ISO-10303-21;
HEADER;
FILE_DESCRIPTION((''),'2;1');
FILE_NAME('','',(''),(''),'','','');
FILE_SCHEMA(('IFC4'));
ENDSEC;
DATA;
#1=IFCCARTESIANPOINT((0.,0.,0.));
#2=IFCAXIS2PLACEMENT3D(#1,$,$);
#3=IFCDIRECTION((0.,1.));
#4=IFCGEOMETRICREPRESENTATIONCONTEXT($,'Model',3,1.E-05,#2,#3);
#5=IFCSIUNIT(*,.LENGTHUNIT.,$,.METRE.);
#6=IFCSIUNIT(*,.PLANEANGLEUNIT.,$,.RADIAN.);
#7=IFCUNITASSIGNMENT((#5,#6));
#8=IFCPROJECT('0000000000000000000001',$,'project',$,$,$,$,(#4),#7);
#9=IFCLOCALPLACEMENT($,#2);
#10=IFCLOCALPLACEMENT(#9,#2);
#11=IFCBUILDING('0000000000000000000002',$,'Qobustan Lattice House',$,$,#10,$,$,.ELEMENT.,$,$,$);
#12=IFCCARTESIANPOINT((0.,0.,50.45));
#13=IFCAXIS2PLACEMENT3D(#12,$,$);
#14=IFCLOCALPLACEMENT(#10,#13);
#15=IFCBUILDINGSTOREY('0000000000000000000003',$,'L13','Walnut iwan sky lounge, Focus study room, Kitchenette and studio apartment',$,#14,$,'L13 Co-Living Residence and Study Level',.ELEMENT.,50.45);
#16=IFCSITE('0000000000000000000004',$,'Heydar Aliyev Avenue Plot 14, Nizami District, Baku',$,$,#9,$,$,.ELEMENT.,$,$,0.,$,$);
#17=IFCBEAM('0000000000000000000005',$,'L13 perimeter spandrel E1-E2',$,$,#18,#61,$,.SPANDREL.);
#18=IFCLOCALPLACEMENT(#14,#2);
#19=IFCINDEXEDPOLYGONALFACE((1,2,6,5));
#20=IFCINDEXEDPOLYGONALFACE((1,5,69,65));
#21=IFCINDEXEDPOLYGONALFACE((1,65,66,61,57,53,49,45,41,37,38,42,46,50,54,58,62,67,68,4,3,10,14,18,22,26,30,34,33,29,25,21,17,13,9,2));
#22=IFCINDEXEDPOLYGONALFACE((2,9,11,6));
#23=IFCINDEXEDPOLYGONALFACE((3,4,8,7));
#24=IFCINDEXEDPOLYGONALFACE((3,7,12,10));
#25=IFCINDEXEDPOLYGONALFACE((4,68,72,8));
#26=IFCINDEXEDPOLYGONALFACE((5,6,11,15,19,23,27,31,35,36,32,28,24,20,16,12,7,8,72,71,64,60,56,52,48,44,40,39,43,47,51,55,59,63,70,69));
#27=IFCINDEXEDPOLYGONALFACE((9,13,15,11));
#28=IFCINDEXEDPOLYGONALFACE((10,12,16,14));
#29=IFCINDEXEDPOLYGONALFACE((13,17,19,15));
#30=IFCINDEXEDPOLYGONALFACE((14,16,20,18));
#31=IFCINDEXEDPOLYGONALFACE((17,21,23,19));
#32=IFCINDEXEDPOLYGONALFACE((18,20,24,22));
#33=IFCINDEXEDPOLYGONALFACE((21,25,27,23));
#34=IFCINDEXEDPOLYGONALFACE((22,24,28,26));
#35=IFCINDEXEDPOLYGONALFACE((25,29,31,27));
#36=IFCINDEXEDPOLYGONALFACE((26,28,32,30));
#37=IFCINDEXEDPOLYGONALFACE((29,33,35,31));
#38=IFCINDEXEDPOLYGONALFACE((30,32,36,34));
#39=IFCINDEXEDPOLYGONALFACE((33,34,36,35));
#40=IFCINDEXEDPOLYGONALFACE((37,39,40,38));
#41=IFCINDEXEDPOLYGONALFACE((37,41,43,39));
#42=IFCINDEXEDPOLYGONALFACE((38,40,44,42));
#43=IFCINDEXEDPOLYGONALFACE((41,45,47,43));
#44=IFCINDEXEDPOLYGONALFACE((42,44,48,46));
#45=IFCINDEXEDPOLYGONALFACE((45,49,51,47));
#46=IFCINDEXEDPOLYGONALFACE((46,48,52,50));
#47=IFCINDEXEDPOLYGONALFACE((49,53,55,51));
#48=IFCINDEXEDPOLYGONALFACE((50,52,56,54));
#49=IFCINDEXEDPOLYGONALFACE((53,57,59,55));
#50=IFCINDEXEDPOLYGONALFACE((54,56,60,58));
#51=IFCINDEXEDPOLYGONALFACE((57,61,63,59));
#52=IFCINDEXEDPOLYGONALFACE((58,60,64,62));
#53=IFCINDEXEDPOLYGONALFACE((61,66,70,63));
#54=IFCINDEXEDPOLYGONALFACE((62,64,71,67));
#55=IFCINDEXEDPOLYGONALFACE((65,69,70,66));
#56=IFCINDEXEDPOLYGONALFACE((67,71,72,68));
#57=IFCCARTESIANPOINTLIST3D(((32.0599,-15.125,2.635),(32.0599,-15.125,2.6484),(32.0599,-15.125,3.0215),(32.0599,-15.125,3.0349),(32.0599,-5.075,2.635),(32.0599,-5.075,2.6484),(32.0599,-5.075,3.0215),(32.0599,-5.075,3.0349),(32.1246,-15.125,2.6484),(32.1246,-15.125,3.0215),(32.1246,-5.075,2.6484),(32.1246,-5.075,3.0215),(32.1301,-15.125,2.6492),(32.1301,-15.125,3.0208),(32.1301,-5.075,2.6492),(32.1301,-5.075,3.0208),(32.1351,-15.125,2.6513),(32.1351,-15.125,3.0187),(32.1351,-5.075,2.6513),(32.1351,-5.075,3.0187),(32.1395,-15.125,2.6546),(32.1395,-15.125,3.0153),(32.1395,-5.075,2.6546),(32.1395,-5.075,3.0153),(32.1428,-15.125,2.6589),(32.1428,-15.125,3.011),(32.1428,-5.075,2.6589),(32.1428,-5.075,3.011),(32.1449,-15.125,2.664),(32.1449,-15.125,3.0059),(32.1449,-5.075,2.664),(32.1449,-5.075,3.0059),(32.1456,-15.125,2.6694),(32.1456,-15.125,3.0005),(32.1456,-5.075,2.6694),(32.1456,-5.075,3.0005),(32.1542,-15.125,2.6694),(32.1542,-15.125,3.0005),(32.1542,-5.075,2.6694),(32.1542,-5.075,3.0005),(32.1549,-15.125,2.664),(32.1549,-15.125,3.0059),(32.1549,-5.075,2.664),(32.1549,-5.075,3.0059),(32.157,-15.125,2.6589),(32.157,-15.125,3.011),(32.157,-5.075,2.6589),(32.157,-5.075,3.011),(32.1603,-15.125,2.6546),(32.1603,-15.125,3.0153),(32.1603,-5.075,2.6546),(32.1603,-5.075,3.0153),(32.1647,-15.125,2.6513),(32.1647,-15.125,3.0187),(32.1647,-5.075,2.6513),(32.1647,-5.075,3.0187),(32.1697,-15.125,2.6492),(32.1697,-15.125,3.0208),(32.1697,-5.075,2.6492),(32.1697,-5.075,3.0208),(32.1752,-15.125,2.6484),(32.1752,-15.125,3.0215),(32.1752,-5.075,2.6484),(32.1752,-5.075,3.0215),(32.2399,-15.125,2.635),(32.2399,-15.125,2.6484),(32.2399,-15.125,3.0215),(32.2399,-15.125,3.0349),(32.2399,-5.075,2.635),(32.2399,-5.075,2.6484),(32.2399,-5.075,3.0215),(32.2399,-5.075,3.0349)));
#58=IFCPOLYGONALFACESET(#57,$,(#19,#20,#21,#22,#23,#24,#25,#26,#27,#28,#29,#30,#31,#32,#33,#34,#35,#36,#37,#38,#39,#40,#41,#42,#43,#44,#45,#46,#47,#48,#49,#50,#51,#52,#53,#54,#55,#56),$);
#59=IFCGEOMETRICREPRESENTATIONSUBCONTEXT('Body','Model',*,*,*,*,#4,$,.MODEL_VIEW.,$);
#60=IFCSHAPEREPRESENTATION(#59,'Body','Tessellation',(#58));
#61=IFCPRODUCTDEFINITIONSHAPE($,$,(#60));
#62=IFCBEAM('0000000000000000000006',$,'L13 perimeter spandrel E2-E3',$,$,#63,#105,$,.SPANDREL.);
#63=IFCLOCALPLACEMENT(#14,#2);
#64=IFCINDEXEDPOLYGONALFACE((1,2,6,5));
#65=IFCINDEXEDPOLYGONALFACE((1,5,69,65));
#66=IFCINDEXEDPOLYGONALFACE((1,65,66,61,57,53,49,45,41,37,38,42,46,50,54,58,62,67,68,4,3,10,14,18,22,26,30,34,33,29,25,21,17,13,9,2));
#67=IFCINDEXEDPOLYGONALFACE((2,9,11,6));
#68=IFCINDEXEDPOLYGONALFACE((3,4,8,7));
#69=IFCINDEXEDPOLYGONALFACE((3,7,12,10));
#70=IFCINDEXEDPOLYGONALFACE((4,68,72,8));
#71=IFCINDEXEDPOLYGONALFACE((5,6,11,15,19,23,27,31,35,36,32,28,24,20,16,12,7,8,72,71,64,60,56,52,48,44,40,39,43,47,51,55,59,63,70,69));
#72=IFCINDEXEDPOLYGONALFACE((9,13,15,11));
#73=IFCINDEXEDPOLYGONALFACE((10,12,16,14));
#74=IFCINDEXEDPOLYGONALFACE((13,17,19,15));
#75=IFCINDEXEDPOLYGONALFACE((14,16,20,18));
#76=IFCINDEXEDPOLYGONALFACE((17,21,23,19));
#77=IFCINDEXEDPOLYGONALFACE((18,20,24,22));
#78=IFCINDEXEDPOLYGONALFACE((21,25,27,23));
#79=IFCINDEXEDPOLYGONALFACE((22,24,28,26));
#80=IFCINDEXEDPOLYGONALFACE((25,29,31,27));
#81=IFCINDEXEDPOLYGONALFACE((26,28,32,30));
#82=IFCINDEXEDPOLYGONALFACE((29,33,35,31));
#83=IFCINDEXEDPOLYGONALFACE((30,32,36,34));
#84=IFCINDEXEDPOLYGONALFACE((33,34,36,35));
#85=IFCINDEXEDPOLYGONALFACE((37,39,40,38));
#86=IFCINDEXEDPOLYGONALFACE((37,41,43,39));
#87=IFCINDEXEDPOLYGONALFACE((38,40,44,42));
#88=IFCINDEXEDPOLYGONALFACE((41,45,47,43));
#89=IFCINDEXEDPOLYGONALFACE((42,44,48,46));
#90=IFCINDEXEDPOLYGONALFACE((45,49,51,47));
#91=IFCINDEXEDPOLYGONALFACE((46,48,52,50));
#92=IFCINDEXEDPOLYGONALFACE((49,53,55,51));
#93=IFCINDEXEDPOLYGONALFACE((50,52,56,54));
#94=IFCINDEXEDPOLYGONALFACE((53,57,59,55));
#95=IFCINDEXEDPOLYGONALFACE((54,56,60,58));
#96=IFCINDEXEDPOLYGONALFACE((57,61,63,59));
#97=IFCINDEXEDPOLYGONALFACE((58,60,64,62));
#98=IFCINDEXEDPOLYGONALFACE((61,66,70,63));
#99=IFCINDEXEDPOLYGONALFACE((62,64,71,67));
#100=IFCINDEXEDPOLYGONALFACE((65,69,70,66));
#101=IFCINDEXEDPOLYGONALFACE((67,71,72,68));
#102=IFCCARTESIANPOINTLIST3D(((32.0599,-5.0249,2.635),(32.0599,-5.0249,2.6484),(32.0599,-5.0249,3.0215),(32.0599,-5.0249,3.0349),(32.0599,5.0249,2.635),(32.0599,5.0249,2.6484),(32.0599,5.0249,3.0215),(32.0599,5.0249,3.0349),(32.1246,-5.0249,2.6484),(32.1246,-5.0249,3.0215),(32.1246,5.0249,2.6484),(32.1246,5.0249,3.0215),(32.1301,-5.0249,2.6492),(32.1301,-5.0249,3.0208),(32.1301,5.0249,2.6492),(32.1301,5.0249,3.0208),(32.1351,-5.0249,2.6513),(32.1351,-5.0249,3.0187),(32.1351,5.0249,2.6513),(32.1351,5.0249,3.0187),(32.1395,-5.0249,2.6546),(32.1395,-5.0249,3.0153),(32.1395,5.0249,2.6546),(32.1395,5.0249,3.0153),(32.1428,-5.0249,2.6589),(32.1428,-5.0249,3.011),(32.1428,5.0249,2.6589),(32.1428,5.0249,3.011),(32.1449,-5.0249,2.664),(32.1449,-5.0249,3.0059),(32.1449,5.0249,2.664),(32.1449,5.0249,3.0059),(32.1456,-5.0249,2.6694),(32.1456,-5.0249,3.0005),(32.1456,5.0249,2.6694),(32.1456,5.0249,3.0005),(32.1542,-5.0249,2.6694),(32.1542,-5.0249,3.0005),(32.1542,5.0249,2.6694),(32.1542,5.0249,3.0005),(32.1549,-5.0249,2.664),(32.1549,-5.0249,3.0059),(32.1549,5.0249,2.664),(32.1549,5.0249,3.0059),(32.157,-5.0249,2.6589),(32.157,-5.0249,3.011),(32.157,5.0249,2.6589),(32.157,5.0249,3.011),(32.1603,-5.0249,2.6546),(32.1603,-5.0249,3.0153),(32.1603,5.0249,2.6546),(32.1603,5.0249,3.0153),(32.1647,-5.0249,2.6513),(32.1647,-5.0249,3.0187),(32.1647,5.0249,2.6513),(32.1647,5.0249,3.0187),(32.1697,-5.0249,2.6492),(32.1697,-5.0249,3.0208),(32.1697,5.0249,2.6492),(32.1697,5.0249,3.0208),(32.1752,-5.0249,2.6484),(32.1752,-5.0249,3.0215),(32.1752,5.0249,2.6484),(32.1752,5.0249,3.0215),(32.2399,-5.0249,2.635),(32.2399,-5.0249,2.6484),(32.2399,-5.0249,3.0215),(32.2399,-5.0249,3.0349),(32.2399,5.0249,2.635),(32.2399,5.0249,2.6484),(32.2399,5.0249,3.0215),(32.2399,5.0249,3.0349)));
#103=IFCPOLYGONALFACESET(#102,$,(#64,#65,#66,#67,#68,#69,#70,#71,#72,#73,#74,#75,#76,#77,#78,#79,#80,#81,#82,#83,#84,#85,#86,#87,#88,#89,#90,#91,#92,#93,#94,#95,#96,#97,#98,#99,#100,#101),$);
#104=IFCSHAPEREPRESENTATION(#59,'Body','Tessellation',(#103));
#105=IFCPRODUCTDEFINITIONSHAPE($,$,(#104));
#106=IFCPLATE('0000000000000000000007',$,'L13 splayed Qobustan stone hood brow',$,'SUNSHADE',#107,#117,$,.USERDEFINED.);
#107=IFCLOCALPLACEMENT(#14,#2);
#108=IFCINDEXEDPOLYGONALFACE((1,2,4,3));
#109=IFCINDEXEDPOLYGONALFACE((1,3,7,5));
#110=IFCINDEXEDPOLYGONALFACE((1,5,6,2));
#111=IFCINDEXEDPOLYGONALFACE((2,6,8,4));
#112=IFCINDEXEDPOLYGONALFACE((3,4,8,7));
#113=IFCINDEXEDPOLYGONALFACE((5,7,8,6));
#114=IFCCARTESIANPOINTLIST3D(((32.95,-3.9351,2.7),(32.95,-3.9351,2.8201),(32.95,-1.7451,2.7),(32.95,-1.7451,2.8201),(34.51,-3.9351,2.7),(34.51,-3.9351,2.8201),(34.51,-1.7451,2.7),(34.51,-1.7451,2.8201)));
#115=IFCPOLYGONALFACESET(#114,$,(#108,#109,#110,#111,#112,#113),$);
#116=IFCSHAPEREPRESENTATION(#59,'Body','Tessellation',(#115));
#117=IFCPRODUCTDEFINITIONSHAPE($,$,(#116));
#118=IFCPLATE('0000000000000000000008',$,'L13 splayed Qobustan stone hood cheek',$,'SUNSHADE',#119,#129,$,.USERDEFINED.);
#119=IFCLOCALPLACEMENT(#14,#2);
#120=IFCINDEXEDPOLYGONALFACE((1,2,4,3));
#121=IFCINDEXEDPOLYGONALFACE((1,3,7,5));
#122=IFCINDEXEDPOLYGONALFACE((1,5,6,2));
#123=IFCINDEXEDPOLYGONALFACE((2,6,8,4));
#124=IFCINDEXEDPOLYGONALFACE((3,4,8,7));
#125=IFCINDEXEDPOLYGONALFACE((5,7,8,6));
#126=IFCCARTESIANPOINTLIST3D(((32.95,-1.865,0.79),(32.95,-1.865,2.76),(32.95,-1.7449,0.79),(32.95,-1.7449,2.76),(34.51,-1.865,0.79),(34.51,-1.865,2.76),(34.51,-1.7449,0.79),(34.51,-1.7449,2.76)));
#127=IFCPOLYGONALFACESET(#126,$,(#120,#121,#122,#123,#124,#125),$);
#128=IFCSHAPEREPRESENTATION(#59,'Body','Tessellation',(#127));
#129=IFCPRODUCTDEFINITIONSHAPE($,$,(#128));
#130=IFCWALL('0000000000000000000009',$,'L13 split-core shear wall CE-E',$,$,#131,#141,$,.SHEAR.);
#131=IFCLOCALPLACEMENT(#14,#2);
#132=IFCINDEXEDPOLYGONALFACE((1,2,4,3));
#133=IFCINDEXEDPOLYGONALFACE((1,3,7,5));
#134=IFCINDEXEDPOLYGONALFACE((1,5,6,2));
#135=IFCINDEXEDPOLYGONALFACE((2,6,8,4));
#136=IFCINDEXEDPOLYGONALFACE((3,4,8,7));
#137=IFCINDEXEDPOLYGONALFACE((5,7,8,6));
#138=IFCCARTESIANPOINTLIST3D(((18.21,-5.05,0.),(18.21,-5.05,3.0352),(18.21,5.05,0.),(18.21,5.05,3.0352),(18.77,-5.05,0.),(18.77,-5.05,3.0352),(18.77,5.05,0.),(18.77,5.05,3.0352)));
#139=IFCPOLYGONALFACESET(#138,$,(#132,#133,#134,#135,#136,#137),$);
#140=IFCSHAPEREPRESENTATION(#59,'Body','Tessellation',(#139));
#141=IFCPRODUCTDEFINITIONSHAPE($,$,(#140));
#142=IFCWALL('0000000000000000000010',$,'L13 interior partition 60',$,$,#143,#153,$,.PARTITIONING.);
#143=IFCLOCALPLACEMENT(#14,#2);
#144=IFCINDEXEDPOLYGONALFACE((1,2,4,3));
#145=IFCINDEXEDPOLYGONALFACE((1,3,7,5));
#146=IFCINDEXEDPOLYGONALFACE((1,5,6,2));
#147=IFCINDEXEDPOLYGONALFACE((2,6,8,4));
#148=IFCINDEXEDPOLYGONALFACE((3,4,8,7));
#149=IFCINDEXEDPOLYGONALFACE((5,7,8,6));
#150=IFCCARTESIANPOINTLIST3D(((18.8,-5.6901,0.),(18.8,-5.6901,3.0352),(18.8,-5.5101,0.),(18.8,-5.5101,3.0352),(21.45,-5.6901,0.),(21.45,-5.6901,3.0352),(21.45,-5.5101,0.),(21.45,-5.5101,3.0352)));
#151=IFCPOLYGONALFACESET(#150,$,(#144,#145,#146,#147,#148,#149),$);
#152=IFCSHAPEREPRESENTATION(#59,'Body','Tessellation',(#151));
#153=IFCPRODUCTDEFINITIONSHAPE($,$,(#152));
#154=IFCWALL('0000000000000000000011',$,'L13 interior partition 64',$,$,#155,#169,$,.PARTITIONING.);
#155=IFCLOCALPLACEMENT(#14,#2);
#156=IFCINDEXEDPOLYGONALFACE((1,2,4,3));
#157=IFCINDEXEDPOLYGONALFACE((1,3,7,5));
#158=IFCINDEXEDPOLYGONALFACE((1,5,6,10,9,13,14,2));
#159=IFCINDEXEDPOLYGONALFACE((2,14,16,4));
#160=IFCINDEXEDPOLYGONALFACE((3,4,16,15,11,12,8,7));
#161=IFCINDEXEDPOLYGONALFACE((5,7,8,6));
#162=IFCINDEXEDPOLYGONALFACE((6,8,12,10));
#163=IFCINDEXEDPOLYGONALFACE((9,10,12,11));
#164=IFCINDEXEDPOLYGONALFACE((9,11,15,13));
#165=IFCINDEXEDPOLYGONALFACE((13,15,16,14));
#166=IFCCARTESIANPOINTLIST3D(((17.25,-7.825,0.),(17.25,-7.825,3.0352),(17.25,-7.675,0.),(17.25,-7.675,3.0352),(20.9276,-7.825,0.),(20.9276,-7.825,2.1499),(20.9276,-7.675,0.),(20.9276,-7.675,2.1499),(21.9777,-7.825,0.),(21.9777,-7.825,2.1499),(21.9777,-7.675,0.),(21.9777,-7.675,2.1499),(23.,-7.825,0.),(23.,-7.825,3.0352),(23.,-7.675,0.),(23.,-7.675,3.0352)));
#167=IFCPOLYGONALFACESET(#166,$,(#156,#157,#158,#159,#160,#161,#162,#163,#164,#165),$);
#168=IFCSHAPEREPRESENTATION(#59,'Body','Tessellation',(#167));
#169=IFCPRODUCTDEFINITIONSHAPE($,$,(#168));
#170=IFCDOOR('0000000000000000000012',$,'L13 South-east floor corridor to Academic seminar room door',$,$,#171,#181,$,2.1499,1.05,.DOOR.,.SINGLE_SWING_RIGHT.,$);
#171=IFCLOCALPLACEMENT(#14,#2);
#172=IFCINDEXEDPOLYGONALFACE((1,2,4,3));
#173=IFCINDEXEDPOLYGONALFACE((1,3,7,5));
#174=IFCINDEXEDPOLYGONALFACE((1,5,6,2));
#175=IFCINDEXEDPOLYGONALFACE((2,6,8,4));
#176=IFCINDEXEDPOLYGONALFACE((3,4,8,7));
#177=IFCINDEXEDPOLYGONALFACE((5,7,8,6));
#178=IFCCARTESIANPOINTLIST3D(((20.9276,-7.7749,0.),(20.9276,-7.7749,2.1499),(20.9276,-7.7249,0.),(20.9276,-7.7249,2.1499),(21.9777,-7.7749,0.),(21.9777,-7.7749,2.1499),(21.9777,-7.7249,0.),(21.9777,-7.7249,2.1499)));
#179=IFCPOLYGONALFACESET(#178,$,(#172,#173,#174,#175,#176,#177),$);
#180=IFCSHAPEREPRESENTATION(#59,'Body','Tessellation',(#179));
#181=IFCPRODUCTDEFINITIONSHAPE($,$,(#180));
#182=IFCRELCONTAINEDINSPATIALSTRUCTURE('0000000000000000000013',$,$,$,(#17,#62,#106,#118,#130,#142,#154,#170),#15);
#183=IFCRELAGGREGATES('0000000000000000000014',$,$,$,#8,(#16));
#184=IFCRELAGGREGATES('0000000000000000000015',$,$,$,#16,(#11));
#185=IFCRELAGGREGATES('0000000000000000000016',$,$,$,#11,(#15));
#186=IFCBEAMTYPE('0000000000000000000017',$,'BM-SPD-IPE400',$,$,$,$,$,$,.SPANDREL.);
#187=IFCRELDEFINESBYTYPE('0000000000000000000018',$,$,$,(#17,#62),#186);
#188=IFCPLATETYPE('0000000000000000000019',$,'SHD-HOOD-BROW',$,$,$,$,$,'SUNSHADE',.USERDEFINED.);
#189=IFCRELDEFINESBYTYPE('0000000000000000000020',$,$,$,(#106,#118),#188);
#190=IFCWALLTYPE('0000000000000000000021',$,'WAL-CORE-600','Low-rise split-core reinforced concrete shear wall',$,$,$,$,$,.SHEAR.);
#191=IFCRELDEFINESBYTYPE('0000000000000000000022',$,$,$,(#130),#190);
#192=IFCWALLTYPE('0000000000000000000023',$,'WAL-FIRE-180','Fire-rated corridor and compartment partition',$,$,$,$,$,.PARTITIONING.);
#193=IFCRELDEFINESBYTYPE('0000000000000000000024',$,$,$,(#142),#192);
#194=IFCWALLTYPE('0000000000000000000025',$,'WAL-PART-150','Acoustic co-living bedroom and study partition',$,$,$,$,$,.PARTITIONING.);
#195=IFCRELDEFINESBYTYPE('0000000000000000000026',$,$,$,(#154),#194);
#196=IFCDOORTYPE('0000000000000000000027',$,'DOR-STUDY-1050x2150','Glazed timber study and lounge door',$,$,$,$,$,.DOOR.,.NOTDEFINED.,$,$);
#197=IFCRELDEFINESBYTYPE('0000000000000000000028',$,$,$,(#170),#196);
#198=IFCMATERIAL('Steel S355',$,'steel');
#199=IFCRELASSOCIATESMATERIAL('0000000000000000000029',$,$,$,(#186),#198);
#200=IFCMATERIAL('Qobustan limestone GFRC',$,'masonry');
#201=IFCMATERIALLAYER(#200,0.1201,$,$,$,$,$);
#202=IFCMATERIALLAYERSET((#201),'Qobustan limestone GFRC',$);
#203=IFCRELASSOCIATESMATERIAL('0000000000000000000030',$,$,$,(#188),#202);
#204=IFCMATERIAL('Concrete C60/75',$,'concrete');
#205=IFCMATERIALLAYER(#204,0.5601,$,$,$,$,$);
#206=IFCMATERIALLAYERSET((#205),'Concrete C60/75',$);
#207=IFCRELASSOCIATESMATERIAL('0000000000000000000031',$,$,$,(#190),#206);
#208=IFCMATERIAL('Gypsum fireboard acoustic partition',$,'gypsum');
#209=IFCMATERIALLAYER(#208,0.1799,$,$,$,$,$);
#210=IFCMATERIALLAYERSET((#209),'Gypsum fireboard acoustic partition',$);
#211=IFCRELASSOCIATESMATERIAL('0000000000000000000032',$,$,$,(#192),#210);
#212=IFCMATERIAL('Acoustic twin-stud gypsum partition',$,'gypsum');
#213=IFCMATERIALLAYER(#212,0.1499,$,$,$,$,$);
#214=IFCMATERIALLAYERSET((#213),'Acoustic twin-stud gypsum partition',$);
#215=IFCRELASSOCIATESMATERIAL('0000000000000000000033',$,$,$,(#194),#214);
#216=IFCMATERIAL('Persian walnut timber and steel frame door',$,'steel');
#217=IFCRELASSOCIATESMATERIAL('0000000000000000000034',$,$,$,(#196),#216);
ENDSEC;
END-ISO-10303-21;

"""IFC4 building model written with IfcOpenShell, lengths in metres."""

from ifc_helpers import new_model, si_unit, direction, frame, frame_2d, origin, origin_2d, place, context, subcontext, project, spatial, rectangle, i_section, extrude, material, layer, layer_set, material_profile, profile_set, type_object, element, fill, save


model = new_model("IFC4")

# Units and contexts
model_context = context("Model", 3, precision=1e-05, world=origin(), true_north=direction((0.0, 1.0)))
body_context = subcontext(model_context, "Body", "Model", "MODEL_VIEW")
ifc_project = project(units=[si_unit("LENGTHUNIT", "METRE"), si_unit("PLANEANGLEUNIT", "RADIAN")], contexts=[model_context])

# Site, building, storey
site_placement = place(None, origin())
site = spatial("IfcSite", under=ifc_project, at=site_placement, Name="Heydar Aliyev Avenue Plot 14, Nizami District, Baku", CompositionType="ELEMENT", RefElevation=0.0)
building_placement = place(site_placement, origin())
building = spatial("IfcBuilding", under=site, at=building_placement, Name="Qobustan Lattice House", CompositionType="ELEMENT")
storey_placement = place(building_placement, frame((0.0, 0.0, 50.45)))
storey = spatial("IfcBuildingStorey", under=building, at=storey_placement, Name="L13", Description="Walnut iwan sky lounge, Focus study room, Kitchenette and studio apartment", LongName="L13 Co-Living Residence and Study Level", CompositionType="ELEMENT", Elevation=50.45)

# Beams
ifc_material_1 = material(Name="Steel S355", Category="steel")
ifc_material_profile_1 = material_profile(ifc_material_1, i_section(OverallWidth=0.1799, OverallDepth=0.3999, WebThickness=0.0085, FlangeThickness=0.0134, FilletRadius=0.021, at=origin_2d()), Name="IPE400")
ifc_profile_set_1 = profile_set([ifc_material_profile_1], Name="Steel S355")
beam_type_1 = type_object("IfcBeamType", Name="BM-SPD-IPE400", PredefinedType="SPANDREL", material=ifc_profile_set_1)
beam_1_placement = place(storey_placement, frame((32.1499, -15.125, 2.835), z_axis=(0.0, 1.0, 0.0), x_axis=(-1.0, 0.0, 0.0)))
element("IfcBeam", 1, at=beam_1_placement, inside=storey, type_object=beam_type_1, Name="L13 perimeter spandrel E1-E2", PredefinedType="SPANDREL", context=body_context, shape_type="SweptSolid", body=[
    extrude(i_section(OverallWidth=0.1799, OverallDepth=0.3999, WebThickness=0.0085, FlangeThickness=0.0134, FilletRadius=0.021, at=origin_2d()), origin(), (0.0, 0.0, 1.0), 10.05),
])
beam_2_placement = place(storey_placement, frame((32.1499, -5.0249, 2.835), z_axis=(0.0, 1.0, 0.0), x_axis=(-1.0, 0.0, 0.0)))
element("IfcBeam", 2, at=beam_2_placement, inside=storey, type_object=beam_type_1, Name="L13 perimeter spandrel E2-E3", PredefinedType="SPANDREL", context=body_context, shape_type="SweptSolid", body=[
    extrude(i_section(OverallWidth=0.1799, OverallDepth=0.3999, WebThickness=0.0085, FlangeThickness=0.0134, FilletRadius=0.021, at=origin_2d()), origin(), (0.0, 0.0, 1.0), 10.0498),
])

# Plates
ifc_material_2 = material(Name="Qobustan limestone GFRC", Category="masonry")
ifc_layer_1 = layer(ifc_material_2, 0.1201)
ifc_layer_set_1 = layer_set([ifc_layer_1], Name="Qobustan limestone GFRC")
plate_type = type_object("IfcPlateType", Name="SHD-HOOD-BROW", ElementType="SUNSHADE", PredefinedType="USERDEFINED", material=ifc_layer_set_1)
plate_1_placement = place(storey_placement, frame((33.73, -2.8401, 2.7), z_axis=(0.0, 0.0, 1.0), x_axis=(0.0, -1.0, 0.0)))
element("IfcPlate", 3, at=plate_1_placement, inside=storey, type_object=plate_type, Name="L13 splayed Qobustan stone hood brow", ObjectType="SUNSHADE", PredefinedType="USERDEFINED", context=body_context, shape_type="SweptSolid", body=[
    extrude(rectangle(XDim=2.1899, YDim=1.5601, at=origin_2d()), origin(), (0.0, 0.0, 1.0), 0.1201),
])
plate_2_placement = place(storey_placement, frame((33.73, -1.8049, 0.79), z_axis=(0.0, 0.0, 1.0), x_axis=(0.0, -1.0, 0.0)))
element("IfcPlate", 4, at=plate_2_placement, inside=storey, type_object=plate_type, Name="L13 splayed Qobustan stone hood cheek", ObjectType="SUNSHADE", PredefinedType="USERDEFINED", context=body_context, shape_type="SweptSolid", body=[
    extrude(rectangle(XDim=0.1201, YDim=1.5601, at=origin_2d()), origin(), (0.0, 0.0, 1.0), 1.97),
])

# Walls
ifc_material_3 = material(Name="Concrete C60/75", Category="concrete")
ifc_layer_2 = layer(ifc_material_3, 0.5601)
ifc_layer_set_2 = layer_set([ifc_layer_2], Name="Concrete C60/75")
wall_type_1 = type_object("IfcWallType", Name="WAL-CORE-600", Description="Low-rise split-core reinforced concrete shear wall", PredefinedType="SHEAR", material=ifc_layer_set_2)
wall_1_placement = place(storey_placement, frame((18.49, -5.05, 0.0), z_axis=(0.0, 0.0, 1.0), x_axis=(0.0, 1.0, 0.0)))
element("IfcWall", 5, at=wall_1_placement, inside=storey, type_object=wall_type_1, Name="L13 split-core shear wall CE-E", PredefinedType="SHEAR", context=body_context, shape_type="SweptSolid", body=[
    extrude(rectangle(XDim=10.1001, YDim=0.5601, at=frame_2d((5.05, 0.0))), origin(), (0.0, 0.0, 1.0), 3.0352),
])
ifc_material_4 = material(Name="Gypsum fireboard acoustic partition", Category="gypsum")
ifc_layer_3 = layer(ifc_material_4, 0.1799)
ifc_layer_set_3 = layer_set([ifc_layer_3], Name="Gypsum fireboard acoustic partition")
wall_type_2 = type_object("IfcWallType", Name="WAL-FIRE-180", Description="Fire-rated corridor and compartment partition", PredefinedType="PARTITIONING", material=ifc_layer_set_3)
wall_2_placement = place(storey_placement, frame((18.8, -5.6001, 0.0), z_axis=(0.0, 0.0, 1.0), x_axis=(1.0, 0.0, 0.0)))
element("IfcWall", 6, at=wall_2_placement, inside=storey, type_object=wall_type_2, Name="L13 interior partition 60", PredefinedType="PARTITIONING", context=body_context, shape_type="SweptSolid", body=[
    extrude(rectangle(XDim=2.6499, YDim=0.1799, at=frame_2d((1.325, 0.0))), origin(), (0.0, 0.0, 1.0), 3.0352),
])

# Wall, opening, door
ifc_material_5 = material(Name="Acoustic twin-stud gypsum partition", Category="gypsum")
ifc_layer_4 = layer(ifc_material_5, 0.1499)
ifc_layer_set_4 = layer_set([ifc_layer_4], Name="Acoustic twin-stud gypsum partition")
wall_type_3 = type_object("IfcWallType", Name="WAL-PART-150", Description="Acoustic co-living bedroom and study partition", PredefinedType="PARTITIONING", material=ifc_layer_set_4)
wall_3_placement = place(storey_placement, frame((23.0, -7.75, 0.0), z_axis=(0.0, 0.0, 1.0), x_axis=(-1.0, 0.0, 0.0)))
wall_3 = element("IfcWall", 7, at=wall_3_placement, inside=storey, type_object=wall_type_3, Name="L13 interior partition 64", PredefinedType="PARTITIONING", context=body_context, shape_type="SweptSolid", body=[
    extrude(rectangle(XDim=5.75, YDim=0.1499, at=frame_2d((2.875, 0.0))), origin(), (0.0, 0.0, 1.0), 3.0352),
])
opening_1_placement = place(wall_3_placement, frame((1.0225, 0.0, 0.0)))
opening_1 = element("IfcOpeningElement", 8, at=opening_1_placement, cuts=wall_3, PredefinedType="OPENING", context=body_context, shape_type="SweptSolid", body=[
    extrude(rectangle(XDim=1.05, YDim=2.1499, at=frame_2d((0.5249, 1.075))), frame((0.0, 0.085, 0.0), z_axis=(0.0, -1.0, 0.0), x_axis=(1.0, 0.0, 0.0)), (0.0, 0.0, 1.0), 0.1699),
])
ifc_material_6 = material(Name="Persian walnut timber and steel frame door", Category="steel")
door_type_1 = type_object("IfcDoorType", Name="DOR-STUDY-1050x2150", Description="Glazed timber study and lounge door", OperationType="NOTDEFINED", PredefinedType="DOOR", material=ifc_material_6)
door_1_placement = place(opening_1_placement, origin())
door_1 = element("IfcDoor", 9, at=door_1_placement, inside=storey, type_object=door_type_1, Name="L13 South-east floor corridor to Academic seminar room door", OperationType="SINGLE_SWING_RIGHT", OverallHeight=2.1499, OverallWidth=1.05, PredefinedType="DOOR", context=body_context, shape_type="SweptSolid", body=[
    extrude(rectangle(XDim=1.05, YDim=2.1499, at=frame_2d((0.5249, 1.075))), frame((0.0, 0.0249, 0.0), z_axis=(0.0, -1.0, 0.0), x_axis=(1.0, 0.0, 0.0)), (0.0, 0.0, 1.0), 0.05),
])
fill(opening_1, door_1)

save(model, "model.ifc")
